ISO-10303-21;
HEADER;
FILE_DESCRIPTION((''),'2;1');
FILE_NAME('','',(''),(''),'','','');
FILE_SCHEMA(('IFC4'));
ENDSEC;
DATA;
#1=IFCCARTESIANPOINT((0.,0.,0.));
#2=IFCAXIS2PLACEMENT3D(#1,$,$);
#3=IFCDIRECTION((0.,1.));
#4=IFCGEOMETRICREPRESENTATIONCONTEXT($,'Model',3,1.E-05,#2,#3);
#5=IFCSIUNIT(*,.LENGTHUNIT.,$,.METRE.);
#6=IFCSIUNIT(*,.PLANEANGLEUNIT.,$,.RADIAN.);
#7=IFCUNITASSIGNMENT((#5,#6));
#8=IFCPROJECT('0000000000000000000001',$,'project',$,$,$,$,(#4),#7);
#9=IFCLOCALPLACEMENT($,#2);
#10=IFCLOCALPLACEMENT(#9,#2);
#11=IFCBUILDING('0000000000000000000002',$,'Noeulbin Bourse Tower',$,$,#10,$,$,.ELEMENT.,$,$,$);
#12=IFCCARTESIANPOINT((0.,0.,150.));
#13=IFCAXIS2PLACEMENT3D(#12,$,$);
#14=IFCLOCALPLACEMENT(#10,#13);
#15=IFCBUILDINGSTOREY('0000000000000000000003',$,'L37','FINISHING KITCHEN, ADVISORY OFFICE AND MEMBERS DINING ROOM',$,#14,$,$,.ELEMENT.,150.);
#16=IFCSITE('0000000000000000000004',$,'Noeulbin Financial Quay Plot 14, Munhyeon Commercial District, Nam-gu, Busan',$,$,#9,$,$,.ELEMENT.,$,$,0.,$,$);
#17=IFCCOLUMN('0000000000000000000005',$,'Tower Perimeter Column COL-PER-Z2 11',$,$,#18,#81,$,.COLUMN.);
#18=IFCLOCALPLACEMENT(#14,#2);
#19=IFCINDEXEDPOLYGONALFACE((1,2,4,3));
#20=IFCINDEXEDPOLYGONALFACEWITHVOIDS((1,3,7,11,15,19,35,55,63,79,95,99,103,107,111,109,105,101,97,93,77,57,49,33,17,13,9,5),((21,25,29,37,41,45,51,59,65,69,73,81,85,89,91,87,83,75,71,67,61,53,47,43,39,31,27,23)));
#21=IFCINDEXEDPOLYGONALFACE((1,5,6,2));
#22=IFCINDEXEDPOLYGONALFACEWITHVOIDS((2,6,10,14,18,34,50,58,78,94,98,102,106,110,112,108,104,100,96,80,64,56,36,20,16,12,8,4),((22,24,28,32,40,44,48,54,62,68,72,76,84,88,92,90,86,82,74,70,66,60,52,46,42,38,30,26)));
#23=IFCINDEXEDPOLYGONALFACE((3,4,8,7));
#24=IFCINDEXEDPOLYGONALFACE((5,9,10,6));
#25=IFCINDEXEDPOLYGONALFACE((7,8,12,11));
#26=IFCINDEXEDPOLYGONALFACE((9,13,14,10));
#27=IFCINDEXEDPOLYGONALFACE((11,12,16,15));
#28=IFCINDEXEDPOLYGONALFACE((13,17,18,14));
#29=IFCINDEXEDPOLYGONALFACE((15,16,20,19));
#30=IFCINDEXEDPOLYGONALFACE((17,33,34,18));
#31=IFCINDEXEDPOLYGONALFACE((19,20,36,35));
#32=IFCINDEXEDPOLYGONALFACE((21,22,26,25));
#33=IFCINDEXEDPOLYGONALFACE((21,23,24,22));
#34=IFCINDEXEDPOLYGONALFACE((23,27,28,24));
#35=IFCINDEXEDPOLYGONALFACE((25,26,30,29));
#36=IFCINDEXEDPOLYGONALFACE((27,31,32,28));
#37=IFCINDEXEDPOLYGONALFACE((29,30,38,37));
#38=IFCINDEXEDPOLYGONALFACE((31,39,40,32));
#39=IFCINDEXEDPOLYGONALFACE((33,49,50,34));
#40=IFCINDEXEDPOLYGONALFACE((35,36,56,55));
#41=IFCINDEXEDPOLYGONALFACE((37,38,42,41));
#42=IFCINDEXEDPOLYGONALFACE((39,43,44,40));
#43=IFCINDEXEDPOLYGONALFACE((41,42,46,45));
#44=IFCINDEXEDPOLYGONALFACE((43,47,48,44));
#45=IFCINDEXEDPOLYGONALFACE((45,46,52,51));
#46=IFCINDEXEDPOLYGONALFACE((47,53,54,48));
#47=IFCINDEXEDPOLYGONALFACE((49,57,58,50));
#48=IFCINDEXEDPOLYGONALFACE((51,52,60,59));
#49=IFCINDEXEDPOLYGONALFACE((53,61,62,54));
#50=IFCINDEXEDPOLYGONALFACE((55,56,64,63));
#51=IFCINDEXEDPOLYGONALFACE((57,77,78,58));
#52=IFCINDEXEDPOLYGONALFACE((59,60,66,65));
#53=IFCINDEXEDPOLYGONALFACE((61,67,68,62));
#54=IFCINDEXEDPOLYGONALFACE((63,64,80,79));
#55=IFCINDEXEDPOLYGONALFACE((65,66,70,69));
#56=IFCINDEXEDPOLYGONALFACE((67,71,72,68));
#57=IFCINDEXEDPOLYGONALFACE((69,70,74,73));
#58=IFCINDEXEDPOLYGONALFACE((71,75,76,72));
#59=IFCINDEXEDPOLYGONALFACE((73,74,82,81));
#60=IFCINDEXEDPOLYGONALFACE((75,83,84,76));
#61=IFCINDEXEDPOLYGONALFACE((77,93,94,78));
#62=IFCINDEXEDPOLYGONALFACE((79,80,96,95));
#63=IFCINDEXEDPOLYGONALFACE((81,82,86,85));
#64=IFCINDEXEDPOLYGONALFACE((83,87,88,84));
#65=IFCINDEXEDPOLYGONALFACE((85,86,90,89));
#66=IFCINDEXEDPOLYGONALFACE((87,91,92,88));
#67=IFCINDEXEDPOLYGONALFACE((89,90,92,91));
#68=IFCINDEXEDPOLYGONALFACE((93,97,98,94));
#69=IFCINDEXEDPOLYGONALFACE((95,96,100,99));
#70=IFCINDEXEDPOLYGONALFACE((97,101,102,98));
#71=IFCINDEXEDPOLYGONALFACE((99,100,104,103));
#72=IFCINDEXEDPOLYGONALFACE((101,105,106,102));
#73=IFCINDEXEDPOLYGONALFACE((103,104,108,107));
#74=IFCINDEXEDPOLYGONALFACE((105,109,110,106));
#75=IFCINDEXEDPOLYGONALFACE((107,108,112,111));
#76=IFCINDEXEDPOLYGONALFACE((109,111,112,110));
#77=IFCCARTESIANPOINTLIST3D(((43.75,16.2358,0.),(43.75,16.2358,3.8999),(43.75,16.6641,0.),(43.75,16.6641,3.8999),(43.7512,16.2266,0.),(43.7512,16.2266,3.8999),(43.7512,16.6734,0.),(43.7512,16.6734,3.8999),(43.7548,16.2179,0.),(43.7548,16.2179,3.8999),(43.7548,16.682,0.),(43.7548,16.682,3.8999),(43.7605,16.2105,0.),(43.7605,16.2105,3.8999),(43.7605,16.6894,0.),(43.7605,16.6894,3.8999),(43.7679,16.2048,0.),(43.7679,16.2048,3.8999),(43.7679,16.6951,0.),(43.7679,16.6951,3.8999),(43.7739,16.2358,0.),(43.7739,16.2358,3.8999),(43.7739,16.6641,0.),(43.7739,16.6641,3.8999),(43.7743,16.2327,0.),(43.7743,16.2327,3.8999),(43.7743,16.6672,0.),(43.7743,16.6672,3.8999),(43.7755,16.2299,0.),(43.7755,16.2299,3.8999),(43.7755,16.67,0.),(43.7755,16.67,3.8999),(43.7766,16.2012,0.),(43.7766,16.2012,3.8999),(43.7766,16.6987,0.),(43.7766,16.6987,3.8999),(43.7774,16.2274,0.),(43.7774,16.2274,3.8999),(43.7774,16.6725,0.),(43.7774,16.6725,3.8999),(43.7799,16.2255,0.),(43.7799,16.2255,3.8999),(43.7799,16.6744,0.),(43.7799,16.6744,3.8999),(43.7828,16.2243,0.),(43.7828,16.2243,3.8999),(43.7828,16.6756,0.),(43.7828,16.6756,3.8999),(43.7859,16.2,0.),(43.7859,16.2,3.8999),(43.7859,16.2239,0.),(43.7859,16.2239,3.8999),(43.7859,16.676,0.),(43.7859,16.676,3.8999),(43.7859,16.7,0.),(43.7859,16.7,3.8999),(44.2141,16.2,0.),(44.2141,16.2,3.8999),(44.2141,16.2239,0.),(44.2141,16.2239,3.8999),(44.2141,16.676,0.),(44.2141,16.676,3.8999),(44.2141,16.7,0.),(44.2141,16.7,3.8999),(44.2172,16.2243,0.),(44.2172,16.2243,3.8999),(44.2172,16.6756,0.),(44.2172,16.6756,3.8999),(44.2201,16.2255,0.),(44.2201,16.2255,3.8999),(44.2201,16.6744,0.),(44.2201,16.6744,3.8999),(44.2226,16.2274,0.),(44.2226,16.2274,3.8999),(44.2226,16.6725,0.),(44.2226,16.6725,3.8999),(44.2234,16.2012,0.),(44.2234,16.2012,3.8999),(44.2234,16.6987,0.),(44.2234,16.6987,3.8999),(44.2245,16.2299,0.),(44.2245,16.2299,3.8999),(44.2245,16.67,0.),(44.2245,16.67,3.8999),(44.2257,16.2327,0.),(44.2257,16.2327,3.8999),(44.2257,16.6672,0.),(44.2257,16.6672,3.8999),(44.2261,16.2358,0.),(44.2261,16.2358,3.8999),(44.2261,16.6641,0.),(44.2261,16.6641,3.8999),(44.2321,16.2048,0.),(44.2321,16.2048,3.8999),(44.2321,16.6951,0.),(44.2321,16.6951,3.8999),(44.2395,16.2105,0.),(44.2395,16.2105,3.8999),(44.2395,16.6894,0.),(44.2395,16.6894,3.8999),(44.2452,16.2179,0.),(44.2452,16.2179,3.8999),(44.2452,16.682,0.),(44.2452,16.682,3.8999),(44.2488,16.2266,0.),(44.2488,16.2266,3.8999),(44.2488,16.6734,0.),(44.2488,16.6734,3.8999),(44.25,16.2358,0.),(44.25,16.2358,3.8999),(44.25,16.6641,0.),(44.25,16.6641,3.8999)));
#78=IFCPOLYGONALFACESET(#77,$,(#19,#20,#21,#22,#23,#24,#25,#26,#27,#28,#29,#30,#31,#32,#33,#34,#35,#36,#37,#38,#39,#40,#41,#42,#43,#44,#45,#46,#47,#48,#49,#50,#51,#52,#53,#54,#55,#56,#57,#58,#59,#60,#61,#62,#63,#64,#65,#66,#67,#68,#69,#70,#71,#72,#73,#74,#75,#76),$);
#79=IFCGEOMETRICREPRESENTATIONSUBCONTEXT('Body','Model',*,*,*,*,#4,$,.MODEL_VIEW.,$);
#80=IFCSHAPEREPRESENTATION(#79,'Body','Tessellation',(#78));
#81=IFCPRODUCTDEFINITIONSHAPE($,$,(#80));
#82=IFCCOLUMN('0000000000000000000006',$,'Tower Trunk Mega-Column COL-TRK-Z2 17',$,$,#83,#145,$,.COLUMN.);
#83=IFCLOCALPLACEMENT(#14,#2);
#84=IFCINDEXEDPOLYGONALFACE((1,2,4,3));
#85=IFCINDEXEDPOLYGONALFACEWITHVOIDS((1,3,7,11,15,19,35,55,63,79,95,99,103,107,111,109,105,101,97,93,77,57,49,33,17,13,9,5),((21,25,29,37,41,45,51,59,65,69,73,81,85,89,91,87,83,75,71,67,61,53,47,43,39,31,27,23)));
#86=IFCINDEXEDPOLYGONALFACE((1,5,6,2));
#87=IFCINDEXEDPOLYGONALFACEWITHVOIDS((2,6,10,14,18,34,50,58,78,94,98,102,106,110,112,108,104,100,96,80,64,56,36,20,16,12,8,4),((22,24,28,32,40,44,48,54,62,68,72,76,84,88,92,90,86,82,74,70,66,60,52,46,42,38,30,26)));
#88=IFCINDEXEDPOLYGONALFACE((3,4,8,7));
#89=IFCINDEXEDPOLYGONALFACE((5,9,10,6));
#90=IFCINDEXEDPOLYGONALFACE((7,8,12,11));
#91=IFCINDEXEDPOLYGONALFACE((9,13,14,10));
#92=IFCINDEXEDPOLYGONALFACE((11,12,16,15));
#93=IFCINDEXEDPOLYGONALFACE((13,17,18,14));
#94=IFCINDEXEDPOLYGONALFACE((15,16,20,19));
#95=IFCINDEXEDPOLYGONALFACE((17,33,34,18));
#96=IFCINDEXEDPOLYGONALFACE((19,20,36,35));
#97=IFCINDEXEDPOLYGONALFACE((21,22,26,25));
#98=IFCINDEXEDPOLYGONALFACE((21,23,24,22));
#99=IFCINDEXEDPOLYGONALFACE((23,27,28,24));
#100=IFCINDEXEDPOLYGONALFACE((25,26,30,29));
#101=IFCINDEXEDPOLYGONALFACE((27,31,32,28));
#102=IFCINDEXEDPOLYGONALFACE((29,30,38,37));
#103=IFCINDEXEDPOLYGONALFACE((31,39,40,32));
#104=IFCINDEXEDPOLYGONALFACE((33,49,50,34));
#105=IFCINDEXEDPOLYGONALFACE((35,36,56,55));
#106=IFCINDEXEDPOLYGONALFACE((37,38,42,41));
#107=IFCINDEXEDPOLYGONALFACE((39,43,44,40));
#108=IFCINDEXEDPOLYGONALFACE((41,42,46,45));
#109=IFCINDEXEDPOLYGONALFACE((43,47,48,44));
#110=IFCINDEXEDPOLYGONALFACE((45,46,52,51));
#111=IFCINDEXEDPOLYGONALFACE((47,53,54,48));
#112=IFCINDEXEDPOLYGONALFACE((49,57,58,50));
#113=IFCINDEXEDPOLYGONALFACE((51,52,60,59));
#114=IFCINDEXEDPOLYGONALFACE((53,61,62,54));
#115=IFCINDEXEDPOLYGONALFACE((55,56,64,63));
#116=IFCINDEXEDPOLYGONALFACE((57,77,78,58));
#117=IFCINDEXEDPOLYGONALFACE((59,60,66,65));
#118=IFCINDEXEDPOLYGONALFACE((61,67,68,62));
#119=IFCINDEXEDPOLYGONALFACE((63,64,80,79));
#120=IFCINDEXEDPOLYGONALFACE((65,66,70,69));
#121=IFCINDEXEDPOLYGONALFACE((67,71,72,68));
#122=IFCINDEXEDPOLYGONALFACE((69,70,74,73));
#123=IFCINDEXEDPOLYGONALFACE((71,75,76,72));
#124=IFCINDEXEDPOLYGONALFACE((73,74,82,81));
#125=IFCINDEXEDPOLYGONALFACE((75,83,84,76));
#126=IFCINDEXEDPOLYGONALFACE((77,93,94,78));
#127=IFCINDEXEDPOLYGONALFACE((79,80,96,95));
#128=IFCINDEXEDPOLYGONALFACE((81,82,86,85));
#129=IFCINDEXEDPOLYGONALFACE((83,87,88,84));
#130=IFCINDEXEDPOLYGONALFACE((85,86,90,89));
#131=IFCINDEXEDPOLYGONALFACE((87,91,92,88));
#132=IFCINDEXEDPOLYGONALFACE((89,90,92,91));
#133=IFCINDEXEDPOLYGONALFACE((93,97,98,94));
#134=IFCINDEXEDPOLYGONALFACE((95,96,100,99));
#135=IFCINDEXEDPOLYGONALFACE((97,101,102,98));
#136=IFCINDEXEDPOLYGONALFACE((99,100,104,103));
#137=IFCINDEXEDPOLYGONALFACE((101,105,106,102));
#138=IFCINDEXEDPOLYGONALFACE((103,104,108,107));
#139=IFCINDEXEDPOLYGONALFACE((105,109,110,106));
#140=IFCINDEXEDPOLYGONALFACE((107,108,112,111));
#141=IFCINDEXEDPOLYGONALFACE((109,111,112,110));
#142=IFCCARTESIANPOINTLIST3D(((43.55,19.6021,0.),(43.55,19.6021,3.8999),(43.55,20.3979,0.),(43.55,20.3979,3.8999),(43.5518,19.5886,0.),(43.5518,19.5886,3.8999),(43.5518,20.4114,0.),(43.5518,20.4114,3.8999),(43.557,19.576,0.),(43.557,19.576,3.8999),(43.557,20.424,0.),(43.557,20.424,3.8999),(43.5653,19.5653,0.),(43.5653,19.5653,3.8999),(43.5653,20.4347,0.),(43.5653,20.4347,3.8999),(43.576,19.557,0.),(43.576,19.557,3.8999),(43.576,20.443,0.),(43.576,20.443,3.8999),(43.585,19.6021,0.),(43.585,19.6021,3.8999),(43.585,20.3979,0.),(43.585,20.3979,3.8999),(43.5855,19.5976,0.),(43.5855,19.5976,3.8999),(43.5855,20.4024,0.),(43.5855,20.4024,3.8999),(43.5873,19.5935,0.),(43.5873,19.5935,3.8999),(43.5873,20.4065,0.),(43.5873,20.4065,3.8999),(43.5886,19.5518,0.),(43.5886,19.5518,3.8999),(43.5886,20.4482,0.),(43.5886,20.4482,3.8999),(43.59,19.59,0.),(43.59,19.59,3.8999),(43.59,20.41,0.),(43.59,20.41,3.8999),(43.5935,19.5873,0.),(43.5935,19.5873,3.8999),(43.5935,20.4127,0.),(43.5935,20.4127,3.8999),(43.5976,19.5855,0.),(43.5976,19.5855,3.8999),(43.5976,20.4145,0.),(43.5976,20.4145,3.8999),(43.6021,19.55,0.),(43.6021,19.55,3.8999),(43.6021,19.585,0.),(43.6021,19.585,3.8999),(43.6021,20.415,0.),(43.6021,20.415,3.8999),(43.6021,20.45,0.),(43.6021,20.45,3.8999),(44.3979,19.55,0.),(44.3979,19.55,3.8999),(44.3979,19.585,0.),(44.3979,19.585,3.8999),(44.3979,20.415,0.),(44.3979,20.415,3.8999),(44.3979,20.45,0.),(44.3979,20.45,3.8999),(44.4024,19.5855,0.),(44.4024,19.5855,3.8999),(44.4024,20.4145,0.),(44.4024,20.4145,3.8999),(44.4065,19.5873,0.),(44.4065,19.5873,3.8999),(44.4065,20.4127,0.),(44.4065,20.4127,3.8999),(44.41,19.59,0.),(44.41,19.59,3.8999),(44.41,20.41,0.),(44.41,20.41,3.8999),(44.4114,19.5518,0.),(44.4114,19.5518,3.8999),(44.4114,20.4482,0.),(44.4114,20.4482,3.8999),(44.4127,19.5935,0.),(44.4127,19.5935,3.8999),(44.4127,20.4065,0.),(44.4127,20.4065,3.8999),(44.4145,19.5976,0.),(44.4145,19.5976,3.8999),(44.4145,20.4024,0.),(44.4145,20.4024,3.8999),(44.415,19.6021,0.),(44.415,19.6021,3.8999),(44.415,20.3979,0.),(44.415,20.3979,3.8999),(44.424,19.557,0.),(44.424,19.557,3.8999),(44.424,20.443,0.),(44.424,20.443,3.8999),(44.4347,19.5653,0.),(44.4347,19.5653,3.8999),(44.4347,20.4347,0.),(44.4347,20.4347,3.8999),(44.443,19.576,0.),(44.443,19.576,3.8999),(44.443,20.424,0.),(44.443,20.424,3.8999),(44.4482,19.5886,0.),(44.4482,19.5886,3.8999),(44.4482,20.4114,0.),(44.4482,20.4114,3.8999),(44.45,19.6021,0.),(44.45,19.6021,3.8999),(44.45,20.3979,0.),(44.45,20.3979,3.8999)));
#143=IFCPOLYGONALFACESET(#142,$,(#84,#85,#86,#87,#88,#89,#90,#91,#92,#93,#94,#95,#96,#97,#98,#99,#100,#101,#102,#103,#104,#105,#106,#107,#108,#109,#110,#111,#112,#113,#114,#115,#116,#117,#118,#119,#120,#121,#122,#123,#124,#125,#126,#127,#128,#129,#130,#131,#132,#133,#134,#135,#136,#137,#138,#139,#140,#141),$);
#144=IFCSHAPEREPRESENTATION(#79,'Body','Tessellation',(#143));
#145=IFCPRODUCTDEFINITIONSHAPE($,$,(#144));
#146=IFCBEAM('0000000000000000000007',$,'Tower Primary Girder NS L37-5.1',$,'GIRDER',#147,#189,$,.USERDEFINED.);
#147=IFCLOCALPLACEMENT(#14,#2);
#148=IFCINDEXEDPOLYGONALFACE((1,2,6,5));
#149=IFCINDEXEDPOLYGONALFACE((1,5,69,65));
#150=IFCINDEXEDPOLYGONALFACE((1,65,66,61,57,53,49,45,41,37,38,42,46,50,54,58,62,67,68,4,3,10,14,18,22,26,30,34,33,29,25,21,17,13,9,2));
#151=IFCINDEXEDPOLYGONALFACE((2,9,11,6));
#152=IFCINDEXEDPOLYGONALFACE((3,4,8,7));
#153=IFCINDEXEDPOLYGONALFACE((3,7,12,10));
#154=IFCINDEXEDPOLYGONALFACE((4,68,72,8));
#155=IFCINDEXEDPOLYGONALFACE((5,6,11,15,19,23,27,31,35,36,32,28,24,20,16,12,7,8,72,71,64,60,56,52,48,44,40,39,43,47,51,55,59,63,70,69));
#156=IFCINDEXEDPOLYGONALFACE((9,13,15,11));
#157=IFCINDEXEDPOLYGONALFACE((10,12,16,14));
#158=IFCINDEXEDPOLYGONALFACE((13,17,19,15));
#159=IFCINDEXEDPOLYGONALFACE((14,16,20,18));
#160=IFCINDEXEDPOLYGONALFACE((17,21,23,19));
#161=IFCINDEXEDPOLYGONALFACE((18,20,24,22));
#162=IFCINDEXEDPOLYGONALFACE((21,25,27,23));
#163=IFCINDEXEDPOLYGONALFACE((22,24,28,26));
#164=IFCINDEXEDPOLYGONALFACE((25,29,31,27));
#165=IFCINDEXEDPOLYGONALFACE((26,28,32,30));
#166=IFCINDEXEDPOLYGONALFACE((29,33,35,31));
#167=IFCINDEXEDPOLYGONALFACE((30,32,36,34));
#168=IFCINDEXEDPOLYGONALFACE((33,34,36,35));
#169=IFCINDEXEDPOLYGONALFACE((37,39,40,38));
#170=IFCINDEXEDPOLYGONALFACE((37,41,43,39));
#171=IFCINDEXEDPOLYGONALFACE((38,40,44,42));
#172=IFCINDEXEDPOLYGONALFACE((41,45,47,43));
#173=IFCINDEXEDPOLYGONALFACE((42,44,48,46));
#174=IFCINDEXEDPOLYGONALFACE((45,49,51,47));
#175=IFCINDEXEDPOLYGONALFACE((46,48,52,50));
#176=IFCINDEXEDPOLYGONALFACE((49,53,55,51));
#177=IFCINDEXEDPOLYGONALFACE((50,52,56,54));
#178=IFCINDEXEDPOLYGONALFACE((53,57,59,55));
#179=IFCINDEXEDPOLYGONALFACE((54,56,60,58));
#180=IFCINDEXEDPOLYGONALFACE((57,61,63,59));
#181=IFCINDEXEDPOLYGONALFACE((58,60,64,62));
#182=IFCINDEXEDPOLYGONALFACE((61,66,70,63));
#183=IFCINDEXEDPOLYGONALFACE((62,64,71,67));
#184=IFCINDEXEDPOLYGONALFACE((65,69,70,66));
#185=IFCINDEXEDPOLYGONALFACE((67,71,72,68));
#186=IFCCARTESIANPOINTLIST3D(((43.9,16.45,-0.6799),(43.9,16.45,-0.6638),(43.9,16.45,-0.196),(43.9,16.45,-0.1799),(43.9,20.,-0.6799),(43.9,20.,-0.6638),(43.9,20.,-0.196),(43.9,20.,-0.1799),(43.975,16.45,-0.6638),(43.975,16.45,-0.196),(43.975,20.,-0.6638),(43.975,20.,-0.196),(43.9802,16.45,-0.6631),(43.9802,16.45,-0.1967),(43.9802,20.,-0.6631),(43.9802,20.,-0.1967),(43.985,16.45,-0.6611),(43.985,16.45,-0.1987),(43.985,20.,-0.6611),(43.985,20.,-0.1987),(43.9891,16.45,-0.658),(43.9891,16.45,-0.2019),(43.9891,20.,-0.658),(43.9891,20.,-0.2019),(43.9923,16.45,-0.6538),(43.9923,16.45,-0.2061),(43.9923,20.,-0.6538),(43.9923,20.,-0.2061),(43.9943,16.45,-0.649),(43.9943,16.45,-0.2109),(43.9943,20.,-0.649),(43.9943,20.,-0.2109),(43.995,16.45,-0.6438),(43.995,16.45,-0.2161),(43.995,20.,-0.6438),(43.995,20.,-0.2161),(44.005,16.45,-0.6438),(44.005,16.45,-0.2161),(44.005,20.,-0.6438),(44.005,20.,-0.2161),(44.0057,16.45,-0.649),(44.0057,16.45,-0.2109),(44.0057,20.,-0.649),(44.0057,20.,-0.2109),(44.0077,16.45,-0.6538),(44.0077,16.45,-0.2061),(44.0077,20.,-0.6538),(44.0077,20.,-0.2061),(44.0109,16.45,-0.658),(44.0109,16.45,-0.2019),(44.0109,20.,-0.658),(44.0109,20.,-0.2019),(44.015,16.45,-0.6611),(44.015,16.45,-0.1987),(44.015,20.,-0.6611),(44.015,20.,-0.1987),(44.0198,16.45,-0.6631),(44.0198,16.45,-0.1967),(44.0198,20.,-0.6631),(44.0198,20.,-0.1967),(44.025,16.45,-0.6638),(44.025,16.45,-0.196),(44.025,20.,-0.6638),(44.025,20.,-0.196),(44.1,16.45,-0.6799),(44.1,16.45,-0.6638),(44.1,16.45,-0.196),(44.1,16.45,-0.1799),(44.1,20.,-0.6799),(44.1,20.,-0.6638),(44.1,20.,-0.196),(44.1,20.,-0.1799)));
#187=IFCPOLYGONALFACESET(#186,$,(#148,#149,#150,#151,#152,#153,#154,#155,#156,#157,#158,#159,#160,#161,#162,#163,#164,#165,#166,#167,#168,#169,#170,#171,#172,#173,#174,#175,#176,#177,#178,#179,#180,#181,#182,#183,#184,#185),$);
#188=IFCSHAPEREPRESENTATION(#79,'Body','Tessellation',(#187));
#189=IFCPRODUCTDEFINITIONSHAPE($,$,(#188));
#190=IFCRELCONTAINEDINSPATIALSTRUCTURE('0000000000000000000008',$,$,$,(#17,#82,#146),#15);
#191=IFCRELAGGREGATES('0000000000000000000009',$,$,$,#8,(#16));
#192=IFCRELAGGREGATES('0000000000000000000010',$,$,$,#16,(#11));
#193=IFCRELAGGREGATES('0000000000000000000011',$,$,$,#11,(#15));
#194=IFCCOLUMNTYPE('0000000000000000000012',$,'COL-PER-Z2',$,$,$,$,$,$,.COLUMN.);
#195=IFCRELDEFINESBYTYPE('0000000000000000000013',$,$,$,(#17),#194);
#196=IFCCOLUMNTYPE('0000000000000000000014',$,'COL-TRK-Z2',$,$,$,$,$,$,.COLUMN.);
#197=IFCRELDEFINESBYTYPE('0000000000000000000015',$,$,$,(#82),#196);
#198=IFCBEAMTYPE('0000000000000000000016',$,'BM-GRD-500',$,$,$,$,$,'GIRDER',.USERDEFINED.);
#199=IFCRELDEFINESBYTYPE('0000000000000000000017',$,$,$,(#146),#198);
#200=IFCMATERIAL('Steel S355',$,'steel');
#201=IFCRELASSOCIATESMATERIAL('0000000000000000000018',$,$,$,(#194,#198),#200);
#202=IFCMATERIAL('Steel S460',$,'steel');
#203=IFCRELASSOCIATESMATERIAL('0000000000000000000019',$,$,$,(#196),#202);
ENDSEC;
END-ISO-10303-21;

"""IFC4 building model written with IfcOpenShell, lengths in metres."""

from ifc_helpers import new_model, si_unit, direction, frame, origin, origin_2d, place, context, subcontext, project, spatial, hollow_rectangle, i_section, extrude, material, material_profile, profile_set, type_object, element, save


model = new_model("IFC4")

# Units and contexts
model_context = context("Model", 3, precision=1e-05, world=origin(), true_north=direction((0.0, 1.0)))
body_context = subcontext(model_context, "Body", "Model", "MODEL_VIEW")
ifc_project = project(units=[si_unit("LENGTHUNIT", "METRE"), si_unit("PLANEANGLEUNIT", "RADIAN")], contexts=[model_context])

# Site, building, storey
site_placement = place(None, origin())
site = spatial("IfcSite", under=ifc_project, at=site_placement, Name="Noeulbin Financial Quay Plot 14, Munhyeon Commercial District, Nam-gu, Busan", CompositionType="ELEMENT", RefElevation=0.0)
building_placement = place(site_placement, origin())
building = spatial("IfcBuilding", under=site, at=building_placement, Name="Noeulbin Bourse Tower", CompositionType="ELEMENT")
storey_placement = place(building_placement, frame((0.0, 0.0, 150.0)))
storey = spatial("IfcBuildingStorey", under=building, at=storey_placement, Name="L37", Description="FINISHING KITCHEN, ADVISORY OFFICE AND MEMBERS DINING ROOM", CompositionType="ELEMENT", Elevation=150.0)

# Columns
ifc_material_1 = material(Name="Steel S355", Category="steel")
ifc_material_profile_1 = material_profile(ifc_material_1, hollow_rectangle(XDim=0.5, YDim=0.5, WallThickness=0.0239, InnerFilletRadius=0.012, OuterFilletRadius=0.0359, at=origin_2d()), Name="BOX-500x500x24", Category="LoadBearing")
ifc_profile_set_1 = profile_set([ifc_material_profile_1], Name="Steel S355")
column_type_1 = type_object("IfcColumnType", Name="COL-PER-Z2", PredefinedType="COLUMN", material=ifc_profile_set_1)
column_1_placement = place(storey_placement, frame((44.0, 16.45, 0.0), z_axis=(0.0, 0.0, 1.0), x_axis=(1.0, 0.0, 0.0)))
element("IfcColumn", 1, at=column_1_placement, inside=storey, type_object=column_type_1, Name="Tower Perimeter Column COL-PER-Z2 11", PredefinedType="COLUMN", context=body_context, shape_type="SweptSolid", body=[
    extrude(hollow_rectangle(XDim=0.5, YDim=0.5, WallThickness=0.0239, InnerFilletRadius=0.012, OuterFilletRadius=0.0359, at=origin_2d()), origin(), (0.0, 0.0, 1.0), 3.8999),
])
ifc_material_2 = material(Name="Steel S460", Category="steel")
ifc_material_profile_2 = material_profile(ifc_material_2, hollow_rectangle(XDim=0.8999, YDim=0.8999, WallThickness=0.0349, InnerFilletRadius=0.0171, OuterFilletRadius=0.052, at=origin_2d()), Name="BOX-900x900x35", Category="LoadBearing")
ifc_profile_set_2 = profile_set([ifc_material_profile_2], Name="Steel S460")
column_type_2 = type_object("IfcColumnType", Name="COL-TRK-Z2", PredefinedType="COLUMN", material=ifc_profile_set_2)
column_2_placement = place(storey_placement, frame((44.0, 20.0, 0.0), z_axis=(0.0, 0.0, 1.0), x_axis=(1.0, 0.0, 0.0)))
element("IfcColumn", 2, at=column_2_placement, inside=storey, type_object=column_type_2, Name="Tower Trunk Mega-Column COL-TRK-Z2 17", PredefinedType="COLUMN", context=body_context, shape_type="SweptSolid", body=[
    extrude(hollow_rectangle(XDim=0.8999, YDim=0.8999, WallThickness=0.0349, InnerFilletRadius=0.0171, OuterFilletRadius=0.052, at=origin_2d()), origin(), (0.0, 0.0, 1.0), 3.8999),
])

# Beam
ifc_material_profile_3 = material_profile(ifc_material_1, i_section(OverallWidth=0.2, OverallDepth=0.5, WebThickness=0.01, FlangeThickness=0.0161, FilletRadius=0.02, at=origin_2d()), Name="H-500x200x10x16", Category="LoadBearing")
ifc_profile_set_3 = profile_set([ifc_material_profile_3], Name="Steel S355")
beam_type_1 = type_object("IfcBeamType", Name="BM-GRD-500", ElementType="GIRDER", PredefinedType="USERDEFINED", material=ifc_profile_set_3)
beam_placement = place(storey_placement, frame((44.0, 16.45, -0.4299), z_axis=(0.0, 1.0, 0.0), x_axis=(-1.0, 0.0, 0.0)))
element("IfcBeam", 3, at=beam_placement, inside=storey, type_object=beam_type_1, Name="Tower Primary Girder NS L37-5.1", ObjectType="GIRDER", PredefinedType="USERDEFINED", context=body_context, shape_type="SweptSolid", body=[
    extrude(i_section(OverallWidth=0.2, OverallDepth=0.5, WebThickness=0.01, FlangeThickness=0.0161, FilletRadius=0.02, at=origin_2d()), origin(), (0.0, 0.0, 1.0), 3.55),
])

save(model, "model.ifc")
